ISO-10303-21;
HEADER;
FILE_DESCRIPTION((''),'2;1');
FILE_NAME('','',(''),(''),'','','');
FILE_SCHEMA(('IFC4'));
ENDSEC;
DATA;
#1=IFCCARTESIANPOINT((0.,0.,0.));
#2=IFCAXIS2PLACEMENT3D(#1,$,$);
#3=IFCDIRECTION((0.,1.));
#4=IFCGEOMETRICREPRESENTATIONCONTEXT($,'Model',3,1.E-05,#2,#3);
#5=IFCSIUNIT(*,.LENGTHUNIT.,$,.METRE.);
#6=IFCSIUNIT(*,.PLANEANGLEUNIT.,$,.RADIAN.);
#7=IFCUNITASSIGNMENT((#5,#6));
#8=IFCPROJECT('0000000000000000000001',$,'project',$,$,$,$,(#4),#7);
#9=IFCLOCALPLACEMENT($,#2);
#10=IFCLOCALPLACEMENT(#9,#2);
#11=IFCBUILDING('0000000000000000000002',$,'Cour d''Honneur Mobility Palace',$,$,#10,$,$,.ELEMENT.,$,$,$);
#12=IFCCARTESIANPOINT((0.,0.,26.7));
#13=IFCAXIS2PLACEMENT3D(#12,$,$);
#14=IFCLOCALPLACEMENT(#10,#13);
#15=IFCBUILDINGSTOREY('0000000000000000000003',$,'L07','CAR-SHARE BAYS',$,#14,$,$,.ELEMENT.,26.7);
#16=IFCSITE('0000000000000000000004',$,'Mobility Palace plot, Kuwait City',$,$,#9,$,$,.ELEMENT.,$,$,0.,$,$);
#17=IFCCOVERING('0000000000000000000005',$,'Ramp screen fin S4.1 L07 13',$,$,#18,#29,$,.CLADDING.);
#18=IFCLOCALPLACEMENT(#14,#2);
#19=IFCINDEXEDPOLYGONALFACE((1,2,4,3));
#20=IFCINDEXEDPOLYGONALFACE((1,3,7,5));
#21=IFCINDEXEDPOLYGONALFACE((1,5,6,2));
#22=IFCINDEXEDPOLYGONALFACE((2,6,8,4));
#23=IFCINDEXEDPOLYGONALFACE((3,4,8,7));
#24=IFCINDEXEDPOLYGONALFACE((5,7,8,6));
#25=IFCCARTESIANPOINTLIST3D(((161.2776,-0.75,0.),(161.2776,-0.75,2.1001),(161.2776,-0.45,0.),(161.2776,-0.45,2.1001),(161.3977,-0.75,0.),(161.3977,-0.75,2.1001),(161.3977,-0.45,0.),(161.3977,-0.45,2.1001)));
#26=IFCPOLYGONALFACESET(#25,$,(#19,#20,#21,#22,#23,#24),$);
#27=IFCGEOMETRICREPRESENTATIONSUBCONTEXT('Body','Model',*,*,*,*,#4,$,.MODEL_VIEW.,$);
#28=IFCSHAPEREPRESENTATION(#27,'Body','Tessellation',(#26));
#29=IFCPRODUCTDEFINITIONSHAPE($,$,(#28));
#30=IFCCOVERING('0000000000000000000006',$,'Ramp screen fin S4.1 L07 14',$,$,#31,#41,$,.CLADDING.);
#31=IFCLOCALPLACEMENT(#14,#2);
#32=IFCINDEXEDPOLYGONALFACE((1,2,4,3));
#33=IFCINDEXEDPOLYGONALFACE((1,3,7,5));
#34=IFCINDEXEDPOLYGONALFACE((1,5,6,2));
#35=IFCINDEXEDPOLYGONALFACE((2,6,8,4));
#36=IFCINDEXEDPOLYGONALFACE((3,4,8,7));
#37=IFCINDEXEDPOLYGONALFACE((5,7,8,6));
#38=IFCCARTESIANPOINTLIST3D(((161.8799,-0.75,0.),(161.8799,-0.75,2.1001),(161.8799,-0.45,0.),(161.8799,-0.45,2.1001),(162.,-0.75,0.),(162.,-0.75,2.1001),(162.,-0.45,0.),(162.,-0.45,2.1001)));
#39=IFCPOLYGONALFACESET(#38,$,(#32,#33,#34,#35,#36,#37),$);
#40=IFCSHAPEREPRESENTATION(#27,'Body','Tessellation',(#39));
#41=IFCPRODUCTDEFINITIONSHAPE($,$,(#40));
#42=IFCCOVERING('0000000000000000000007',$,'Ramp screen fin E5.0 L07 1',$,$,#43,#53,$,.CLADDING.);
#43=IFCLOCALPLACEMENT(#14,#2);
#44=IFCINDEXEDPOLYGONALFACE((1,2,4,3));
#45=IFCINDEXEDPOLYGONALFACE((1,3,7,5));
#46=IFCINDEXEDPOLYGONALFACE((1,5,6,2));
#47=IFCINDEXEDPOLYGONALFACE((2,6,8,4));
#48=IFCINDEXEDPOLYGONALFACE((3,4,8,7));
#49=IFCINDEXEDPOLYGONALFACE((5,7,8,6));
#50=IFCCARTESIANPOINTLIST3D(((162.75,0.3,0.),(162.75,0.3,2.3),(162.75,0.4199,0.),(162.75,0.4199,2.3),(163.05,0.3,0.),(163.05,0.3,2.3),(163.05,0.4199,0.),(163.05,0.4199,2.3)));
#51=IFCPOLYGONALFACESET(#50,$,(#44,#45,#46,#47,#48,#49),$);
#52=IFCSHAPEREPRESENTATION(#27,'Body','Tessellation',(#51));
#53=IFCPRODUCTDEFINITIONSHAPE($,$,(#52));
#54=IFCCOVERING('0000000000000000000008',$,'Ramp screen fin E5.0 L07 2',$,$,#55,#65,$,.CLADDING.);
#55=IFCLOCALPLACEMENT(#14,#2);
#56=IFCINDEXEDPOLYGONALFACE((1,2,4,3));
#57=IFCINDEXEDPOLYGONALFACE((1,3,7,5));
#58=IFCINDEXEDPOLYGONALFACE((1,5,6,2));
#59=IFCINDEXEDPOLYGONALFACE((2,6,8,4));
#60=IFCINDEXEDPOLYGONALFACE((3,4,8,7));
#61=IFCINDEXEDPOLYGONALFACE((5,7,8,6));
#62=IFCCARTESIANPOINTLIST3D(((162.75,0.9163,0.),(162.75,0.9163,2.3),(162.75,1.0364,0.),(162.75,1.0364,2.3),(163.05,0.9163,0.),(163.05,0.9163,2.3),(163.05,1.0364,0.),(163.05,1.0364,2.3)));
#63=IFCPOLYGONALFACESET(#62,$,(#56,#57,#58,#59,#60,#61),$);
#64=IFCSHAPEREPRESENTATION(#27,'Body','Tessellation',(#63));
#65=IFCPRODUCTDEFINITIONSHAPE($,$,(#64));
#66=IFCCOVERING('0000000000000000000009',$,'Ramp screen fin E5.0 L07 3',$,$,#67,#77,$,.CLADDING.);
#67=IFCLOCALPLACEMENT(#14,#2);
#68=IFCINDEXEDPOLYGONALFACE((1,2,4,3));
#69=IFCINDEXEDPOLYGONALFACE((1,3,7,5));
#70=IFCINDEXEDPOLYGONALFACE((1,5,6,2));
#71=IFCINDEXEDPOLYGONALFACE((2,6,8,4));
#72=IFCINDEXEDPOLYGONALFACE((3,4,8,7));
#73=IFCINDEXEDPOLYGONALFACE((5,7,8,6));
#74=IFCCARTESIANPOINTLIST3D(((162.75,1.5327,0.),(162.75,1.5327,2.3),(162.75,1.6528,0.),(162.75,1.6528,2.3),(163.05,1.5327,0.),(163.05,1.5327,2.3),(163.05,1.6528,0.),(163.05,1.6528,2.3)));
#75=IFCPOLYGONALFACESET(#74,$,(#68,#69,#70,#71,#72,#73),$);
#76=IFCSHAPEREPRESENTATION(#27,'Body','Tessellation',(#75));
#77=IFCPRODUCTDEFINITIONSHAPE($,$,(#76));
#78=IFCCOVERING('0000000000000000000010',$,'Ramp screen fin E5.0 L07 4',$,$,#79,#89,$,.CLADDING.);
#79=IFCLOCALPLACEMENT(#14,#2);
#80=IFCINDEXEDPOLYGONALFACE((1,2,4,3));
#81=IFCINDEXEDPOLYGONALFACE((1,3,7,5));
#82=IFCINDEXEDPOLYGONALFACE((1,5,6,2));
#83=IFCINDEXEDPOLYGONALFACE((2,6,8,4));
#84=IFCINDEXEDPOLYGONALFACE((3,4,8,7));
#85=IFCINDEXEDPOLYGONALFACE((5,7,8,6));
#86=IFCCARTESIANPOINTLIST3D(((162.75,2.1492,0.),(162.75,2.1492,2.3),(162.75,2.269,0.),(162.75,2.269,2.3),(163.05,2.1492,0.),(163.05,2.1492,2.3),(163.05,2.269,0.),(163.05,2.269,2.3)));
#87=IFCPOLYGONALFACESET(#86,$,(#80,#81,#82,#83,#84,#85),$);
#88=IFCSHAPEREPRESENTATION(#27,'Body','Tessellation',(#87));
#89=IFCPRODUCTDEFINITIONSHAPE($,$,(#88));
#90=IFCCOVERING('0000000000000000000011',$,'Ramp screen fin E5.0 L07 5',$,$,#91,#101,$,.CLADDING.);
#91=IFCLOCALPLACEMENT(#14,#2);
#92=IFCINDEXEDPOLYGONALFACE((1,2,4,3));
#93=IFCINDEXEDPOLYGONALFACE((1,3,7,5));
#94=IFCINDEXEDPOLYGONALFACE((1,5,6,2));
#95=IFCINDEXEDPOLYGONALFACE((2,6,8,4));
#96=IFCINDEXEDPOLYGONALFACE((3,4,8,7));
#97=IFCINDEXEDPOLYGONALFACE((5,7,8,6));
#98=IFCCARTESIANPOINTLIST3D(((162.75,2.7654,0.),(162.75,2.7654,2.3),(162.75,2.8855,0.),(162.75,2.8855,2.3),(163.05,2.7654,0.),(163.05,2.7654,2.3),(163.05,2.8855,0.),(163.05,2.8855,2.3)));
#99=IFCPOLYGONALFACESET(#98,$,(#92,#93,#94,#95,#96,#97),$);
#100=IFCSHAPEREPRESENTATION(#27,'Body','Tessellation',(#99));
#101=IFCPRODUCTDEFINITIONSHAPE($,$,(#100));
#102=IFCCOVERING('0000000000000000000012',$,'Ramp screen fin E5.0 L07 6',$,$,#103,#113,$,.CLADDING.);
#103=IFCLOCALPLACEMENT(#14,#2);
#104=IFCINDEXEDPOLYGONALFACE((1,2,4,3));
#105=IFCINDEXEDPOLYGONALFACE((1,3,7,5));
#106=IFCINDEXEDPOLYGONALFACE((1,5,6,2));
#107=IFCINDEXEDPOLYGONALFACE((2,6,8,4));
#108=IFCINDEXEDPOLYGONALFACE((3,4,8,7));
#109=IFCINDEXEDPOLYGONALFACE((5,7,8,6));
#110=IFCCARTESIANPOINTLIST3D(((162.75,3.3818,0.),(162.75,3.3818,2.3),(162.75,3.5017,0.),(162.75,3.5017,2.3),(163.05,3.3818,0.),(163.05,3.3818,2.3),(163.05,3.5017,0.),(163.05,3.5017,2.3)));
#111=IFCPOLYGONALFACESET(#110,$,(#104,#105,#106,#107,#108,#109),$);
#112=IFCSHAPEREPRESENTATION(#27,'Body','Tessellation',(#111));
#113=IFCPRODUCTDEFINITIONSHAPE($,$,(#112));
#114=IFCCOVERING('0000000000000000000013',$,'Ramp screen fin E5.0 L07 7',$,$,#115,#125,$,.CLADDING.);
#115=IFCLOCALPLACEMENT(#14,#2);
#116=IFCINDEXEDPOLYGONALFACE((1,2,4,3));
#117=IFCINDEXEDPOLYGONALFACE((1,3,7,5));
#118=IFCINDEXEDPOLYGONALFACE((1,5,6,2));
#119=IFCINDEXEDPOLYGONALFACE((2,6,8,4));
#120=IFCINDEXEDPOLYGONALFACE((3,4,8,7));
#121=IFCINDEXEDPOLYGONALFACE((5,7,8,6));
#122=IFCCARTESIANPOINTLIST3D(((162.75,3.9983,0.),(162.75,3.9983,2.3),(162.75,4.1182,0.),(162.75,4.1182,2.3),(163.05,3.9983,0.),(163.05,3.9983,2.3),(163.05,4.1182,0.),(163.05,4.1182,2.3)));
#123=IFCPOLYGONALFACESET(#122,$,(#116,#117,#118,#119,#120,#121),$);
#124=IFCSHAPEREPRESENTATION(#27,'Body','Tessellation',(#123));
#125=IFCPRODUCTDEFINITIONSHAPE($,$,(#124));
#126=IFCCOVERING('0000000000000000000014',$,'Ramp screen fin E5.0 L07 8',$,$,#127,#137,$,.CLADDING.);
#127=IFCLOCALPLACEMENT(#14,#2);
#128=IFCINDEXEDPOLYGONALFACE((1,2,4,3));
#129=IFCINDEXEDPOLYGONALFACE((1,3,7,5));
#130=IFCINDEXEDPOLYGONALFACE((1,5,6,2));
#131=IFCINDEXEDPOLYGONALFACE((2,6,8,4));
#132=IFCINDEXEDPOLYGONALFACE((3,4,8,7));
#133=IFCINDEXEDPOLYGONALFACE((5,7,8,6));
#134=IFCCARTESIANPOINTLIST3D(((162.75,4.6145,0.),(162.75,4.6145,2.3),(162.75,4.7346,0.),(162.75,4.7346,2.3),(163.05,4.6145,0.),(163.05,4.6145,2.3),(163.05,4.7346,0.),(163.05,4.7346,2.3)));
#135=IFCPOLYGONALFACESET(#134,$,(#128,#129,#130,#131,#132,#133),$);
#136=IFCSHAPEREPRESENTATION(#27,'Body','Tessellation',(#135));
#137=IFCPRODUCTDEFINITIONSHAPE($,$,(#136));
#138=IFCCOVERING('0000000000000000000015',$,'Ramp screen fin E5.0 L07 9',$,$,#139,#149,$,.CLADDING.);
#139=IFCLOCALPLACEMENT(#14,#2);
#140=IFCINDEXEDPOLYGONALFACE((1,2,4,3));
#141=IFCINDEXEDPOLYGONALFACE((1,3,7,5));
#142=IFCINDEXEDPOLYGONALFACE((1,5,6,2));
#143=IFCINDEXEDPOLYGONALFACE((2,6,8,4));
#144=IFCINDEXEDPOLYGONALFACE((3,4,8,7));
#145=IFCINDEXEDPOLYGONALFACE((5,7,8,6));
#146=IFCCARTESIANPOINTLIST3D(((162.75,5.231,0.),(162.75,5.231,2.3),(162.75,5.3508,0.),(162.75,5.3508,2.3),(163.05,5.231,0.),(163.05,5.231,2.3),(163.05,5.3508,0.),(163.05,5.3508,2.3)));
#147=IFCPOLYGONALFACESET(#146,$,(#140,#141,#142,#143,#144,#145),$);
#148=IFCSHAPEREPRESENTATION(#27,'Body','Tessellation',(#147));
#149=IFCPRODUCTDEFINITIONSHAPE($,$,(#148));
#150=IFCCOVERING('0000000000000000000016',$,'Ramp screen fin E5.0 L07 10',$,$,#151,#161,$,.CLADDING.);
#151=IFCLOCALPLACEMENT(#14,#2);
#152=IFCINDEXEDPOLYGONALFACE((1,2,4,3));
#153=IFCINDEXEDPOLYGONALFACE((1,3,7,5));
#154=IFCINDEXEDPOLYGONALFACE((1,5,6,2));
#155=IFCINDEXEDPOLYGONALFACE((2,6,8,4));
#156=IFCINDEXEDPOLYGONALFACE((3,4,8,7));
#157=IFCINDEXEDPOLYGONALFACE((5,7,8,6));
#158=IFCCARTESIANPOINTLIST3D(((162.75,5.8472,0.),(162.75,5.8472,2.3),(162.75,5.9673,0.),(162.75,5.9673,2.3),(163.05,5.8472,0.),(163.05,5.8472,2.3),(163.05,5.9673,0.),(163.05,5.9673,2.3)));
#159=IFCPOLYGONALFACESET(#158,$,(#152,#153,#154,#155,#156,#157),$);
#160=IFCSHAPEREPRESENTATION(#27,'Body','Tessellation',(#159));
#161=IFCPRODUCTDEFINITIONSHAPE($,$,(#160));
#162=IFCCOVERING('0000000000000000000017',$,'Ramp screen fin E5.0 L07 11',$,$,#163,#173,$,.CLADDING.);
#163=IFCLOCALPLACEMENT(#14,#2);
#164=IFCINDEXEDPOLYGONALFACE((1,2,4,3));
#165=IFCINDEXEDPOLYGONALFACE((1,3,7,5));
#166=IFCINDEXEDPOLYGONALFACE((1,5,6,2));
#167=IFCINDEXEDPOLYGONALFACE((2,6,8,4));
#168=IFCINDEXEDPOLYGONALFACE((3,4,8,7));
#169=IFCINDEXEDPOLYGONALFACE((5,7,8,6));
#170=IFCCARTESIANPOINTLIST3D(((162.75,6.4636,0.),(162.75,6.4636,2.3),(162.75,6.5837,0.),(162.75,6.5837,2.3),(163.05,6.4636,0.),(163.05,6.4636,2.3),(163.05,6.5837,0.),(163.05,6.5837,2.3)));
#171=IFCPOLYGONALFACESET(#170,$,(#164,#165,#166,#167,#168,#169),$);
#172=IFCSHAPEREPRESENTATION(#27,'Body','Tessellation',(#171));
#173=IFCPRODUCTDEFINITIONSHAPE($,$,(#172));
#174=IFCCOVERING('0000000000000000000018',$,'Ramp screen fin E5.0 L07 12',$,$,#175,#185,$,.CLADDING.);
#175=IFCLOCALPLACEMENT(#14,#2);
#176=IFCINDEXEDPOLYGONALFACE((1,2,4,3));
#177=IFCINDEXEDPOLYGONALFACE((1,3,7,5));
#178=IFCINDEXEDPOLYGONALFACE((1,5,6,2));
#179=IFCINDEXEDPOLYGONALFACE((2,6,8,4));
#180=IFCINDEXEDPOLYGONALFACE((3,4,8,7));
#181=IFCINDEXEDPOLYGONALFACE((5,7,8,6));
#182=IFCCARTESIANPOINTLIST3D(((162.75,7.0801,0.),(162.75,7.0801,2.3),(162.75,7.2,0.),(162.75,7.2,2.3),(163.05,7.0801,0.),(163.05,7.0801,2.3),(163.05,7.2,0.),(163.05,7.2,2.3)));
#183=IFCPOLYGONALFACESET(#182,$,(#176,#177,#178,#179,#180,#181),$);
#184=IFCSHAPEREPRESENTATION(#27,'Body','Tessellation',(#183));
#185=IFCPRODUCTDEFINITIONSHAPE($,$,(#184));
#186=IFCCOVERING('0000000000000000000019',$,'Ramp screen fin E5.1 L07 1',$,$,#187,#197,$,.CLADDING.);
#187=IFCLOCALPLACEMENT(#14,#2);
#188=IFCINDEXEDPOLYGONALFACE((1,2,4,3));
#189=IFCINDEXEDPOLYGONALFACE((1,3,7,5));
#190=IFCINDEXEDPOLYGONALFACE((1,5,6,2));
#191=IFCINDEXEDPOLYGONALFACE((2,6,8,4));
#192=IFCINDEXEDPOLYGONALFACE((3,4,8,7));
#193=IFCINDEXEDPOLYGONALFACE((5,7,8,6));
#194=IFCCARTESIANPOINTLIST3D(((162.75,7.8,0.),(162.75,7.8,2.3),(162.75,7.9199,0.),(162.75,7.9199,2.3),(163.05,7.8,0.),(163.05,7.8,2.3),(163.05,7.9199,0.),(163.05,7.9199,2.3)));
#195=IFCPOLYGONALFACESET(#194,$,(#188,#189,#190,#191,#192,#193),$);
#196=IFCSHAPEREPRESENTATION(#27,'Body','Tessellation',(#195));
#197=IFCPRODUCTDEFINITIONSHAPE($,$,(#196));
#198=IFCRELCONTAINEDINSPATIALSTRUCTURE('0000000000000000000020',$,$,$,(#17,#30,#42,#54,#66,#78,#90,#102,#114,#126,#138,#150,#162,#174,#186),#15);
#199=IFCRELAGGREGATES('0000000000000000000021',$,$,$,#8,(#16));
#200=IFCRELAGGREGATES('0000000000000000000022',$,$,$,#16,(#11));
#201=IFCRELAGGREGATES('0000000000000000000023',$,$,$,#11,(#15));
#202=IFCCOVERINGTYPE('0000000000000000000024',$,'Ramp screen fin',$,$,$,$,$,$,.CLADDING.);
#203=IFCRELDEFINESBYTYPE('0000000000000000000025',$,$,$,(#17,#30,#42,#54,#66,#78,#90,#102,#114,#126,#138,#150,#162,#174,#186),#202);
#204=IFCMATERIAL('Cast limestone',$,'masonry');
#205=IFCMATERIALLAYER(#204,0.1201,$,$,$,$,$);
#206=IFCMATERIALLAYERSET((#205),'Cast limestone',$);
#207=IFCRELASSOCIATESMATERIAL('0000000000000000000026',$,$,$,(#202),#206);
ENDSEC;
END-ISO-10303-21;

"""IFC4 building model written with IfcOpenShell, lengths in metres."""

from ifc_helpers import new_model, si_unit, direction, frame, origin, place, context, subcontext, project, spatial, polyline, outline, extrude, material, layer, layer_set, type_object, element, save


model = new_model("IFC4")

# Units and contexts
model_context = context("Model", 3, precision=1e-05, world=origin(), true_north=direction((0.0, 1.0)))
body_context = subcontext(model_context, "Body", "Model", "MODEL_VIEW")
ifc_project = project(units=[si_unit("LENGTHUNIT", "METRE"), si_unit("PLANEANGLEUNIT", "RADIAN")], contexts=[model_context])

# Site, building, storey
site_placement = place(None, origin())
site = spatial("IfcSite", under=ifc_project, at=site_placement, Name="Mobility Palace plot, Kuwait City", CompositionType="ELEMENT", RefElevation=0.0)
building_placement = place(site_placement, origin())
building = spatial("IfcBuilding", under=site, at=building_placement, Name="Cour d'Honneur Mobility Palace", CompositionType="ELEMENT")
storey_placement = place(building_placement, frame((0.0, 0.0, 26.7)))
storey = spatial("IfcBuildingStorey", under=building, at=storey_placement, Name="L07", Description="CAR-SHARE BAYS", CompositionType="ELEMENT", Elevation=26.7)

# Coverings
ifc_material = material(Name="Cast limestone", Category="masonry")
ifc_layer = layer(ifc_material, 0.1201)
ifc_layer_set = layer_set([ifc_layer], Name="Cast limestone")
covering_type = type_object("IfcCoveringType", Name="Ramp screen fin", PredefinedType="CLADDING", material=ifc_layer_set)
covering_1_placement = place(storey_placement, origin())
element("IfcCovering", 1, at=covering_1_placement, inside=storey, type_object=covering_type, Name="Ramp screen fin S4.1 L07 13", PredefinedType="CLADDING", context=body_context, shape_type="SweptSolid", body=[
    extrude(outline(polyline([(161.2776, -0.45), (161.3977, -0.45), (161.3977, -0.75), (161.2776, -0.75), (161.2776, -0.45)])), origin(), (0.0, 0.0, 1.0), 2.1001),
])
covering_2_placement = place(storey_placement, origin())
element("IfcCovering", 2, at=covering_2_placement, inside=storey, type_object=covering_type, Name="Ramp screen fin S4.1 L07 14", PredefinedType="CLADDING", context=body_context, shape_type="SweptSolid", body=[
    extrude(outline(polyline([(161.8799, -0.45), (162.0, -0.45), (162.0, -0.75), (161.8799, -0.75), (161.8799, -0.45)])), origin(), (0.0, 0.0, 1.0), 2.1001),
])
covering_3_placement = place(storey_placement, origin())
element("IfcCovering", 3, at=covering_3_placement, inside=storey, type_object=covering_type, Name="Ramp screen fin E5.0 L07 1", PredefinedType="CLADDING", context=body_context, shape_type="SweptSolid", body=[
    extrude(outline(polyline([(162.75, 0.3), (162.75, 0.4199), (163.05, 0.4199), (163.05, 0.3), (162.75, 0.3)])), origin(), (0.0, 0.0, 1.0), 2.3),
])
covering_4_placement = place(storey_placement, origin())
element("IfcCovering", 4, at=covering_4_placement, inside=storey, type_object=covering_type, Name="Ramp screen fin E5.0 L07 2", PredefinedType="CLADDING", context=body_context, shape_type="SweptSolid", body=[
    extrude(outline(polyline([(162.75, 0.9163), (162.75, 1.0364), (163.05, 1.0364), (163.05, 0.9163), (162.75, 0.9163)])), origin(), (0.0, 0.0, 1.0), 2.3),
])
covering_5_placement = place(storey_placement, origin())
element("IfcCovering", 5, at=covering_5_placement, inside=storey, type_object=covering_type, Name="Ramp screen fin E5.0 L07 3", PredefinedType="CLADDING", context=body_context, shape_type="SweptSolid", body=[
    extrude(outline(polyline([(162.75, 1.5327), (162.75, 1.6528), (163.05, 1.6528), (163.05, 1.5327), (162.75, 1.5327)])), origin(), (0.0, 0.0, 1.0), 2.3),
])
covering_6_placement = place(storey_placement, origin())
element("IfcCovering", 6, at=covering_6_placement, inside=storey, type_object=covering_type, Name="Ramp screen fin E5.0 L07 4", PredefinedType="CLADDING", context=body_context, shape_type="SweptSolid", body=[
    extrude(outline(polyline([(162.75, 2.1492), (162.75, 2.269), (163.05, 2.269), (163.05, 2.1492), (162.75, 2.1492)])), origin(), (0.0, 0.0, 1.0), 2.3),
])
covering_7_placement = place(storey_placement, origin())
element("IfcCovering", 7, at=covering_7_placement, inside=storey, type_object=covering_type, Name="Ramp screen fin E5.0 L07 5", PredefinedType="CLADDING", context=body_context, shape_type="SweptSolid", body=[
    extrude(outline(polyline([(162.75, 2.7654), (162.75, 2.8855), (163.05, 2.8855), (163.05, 2.7654), (162.75, 2.7654)])), origin(), (0.0, 0.0, 1.0), 2.3),
])
covering_8_placement = place(storey_placement, origin())
element("IfcCovering", 8, at=covering_8_placement, inside=storey, type_object=covering_type, Name="Ramp screen fin E5.0 L07 6", PredefinedType="CLADDING", context=body_context, shape_type="SweptSolid", body=[
    extrude(outline(polyline([(162.75, 3.3818), (162.75, 3.5017), (163.05, 3.5017), (163.05, 3.3818), (162.75, 3.3818)])), origin(), (0.0, 0.0, 1.0), 2.3),
])
covering_9_placement = place(storey_placement, origin())
element("IfcCovering", 9, at=covering_9_placement, inside=storey, type_object=covering_type, Name="Ramp screen fin E5.0 L07 7", PredefinedType="CLADDING", context=body_context, shape_type="SweptSolid", body=[
    extrude(outline(polyline([(162.75, 3.9983), (162.75, 4.1182), (163.05, 4.1182), (163.05, 3.9983), (162.75, 3.9983)])), origin(), (0.0, 0.0, 1.0), 2.3),
])
covering_10_placement = place(storey_placement, origin())
element("IfcCovering", 10, at=covering_10_placement, inside=storey, type_object=covering_type, Name="Ramp screen fin E5.0 L07 8", PredefinedType="CLADDING", context=body_context, shape_type="SweptSolid", body=[
    extrude(outline(polyline([(162.75, 4.6145), (162.75, 4.7346), (163.05, 4.7346), (163.05, 4.6145), (162.75, 4.6145)])), origin(), (0.0, 0.0, 1.0), 2.3),
])
covering_11_placement = place(storey_placement, origin())
element("IfcCovering", 11, at=covering_11_placement, inside=storey, type_object=covering_type, Name="Ramp screen fin E5.0 L07 9", PredefinedType="CLADDING", context=body_context, shape_type="SweptSolid", body=[
    extrude(outline(polyline([(162.75, 5.231), (162.75, 5.3508), (163.05, 5.3508), (163.05, 5.231), (162.75, 5.231)])), origin(), (0.0, 0.0, 1.0), 2.3),
])
covering_12_placement = place(storey_placement, origin())
element("IfcCovering", 12, at=covering_12_placement, inside=storey, type_object=covering_type, Name="Ramp screen fin E5.0 L07 10", PredefinedType="CLADDING", context=body_context, shape_type="SweptSolid", body=[
    extrude(outline(polyline([(162.75, 5.8472), (162.75, 5.9673), (163.05, 5.9673), (163.05, 5.8472), (162.75, 5.8472)])), origin(), (0.0, 0.0, 1.0), 2.3),
])
covering_13_placement = place(storey_placement, origin())
element("IfcCovering", 13, at=covering_13_placement, inside=storey, type_object=covering_type, Name="Ramp screen fin E5.0 L07 11", PredefinedType="CLADDING", context=body_context, shape_type="SweptSolid", body=[
    extrude(outline(polyline([(162.75, 6.4636), (162.75, 6.5837), (163.05, 6.5837), (163.05, 6.4636), (162.75, 6.4636)])), origin(), (0.0, 0.0, 1.0), 2.3),
])
covering_14_placement = place(storey_placement, origin())
element("IfcCovering", 14, at=covering_14_placement, inside=storey, type_object=covering_type, Name="Ramp screen fin E5.0 L07 12", PredefinedType="CLADDING", context=body_context, shape_type="SweptSolid", body=[
    extrude(outline(polyline([(162.75, 7.0801), (162.75, 7.2), (163.05, 7.2), (163.05, 7.0801), (162.75, 7.0801)])), origin(), (0.0, 0.0, 1.0), 2.3),
])
covering_15_placement = place(storey_placement, origin())
element("IfcCovering", 15, at=covering_15_placement, inside=storey, type_object=covering_type, Name="Ramp screen fin E5.1 L07 1", PredefinedType="CLADDING", context=body_context, shape_type="SweptSolid", body=[
    extrude(outline(polyline([(162.75, 7.8), (162.75, 7.9199), (163.05, 7.9199), (163.05, 7.8), (162.75, 7.8)])), origin(), (0.0, 0.0, 1.0), 2.3),
])

save(model, "model.ifc")
